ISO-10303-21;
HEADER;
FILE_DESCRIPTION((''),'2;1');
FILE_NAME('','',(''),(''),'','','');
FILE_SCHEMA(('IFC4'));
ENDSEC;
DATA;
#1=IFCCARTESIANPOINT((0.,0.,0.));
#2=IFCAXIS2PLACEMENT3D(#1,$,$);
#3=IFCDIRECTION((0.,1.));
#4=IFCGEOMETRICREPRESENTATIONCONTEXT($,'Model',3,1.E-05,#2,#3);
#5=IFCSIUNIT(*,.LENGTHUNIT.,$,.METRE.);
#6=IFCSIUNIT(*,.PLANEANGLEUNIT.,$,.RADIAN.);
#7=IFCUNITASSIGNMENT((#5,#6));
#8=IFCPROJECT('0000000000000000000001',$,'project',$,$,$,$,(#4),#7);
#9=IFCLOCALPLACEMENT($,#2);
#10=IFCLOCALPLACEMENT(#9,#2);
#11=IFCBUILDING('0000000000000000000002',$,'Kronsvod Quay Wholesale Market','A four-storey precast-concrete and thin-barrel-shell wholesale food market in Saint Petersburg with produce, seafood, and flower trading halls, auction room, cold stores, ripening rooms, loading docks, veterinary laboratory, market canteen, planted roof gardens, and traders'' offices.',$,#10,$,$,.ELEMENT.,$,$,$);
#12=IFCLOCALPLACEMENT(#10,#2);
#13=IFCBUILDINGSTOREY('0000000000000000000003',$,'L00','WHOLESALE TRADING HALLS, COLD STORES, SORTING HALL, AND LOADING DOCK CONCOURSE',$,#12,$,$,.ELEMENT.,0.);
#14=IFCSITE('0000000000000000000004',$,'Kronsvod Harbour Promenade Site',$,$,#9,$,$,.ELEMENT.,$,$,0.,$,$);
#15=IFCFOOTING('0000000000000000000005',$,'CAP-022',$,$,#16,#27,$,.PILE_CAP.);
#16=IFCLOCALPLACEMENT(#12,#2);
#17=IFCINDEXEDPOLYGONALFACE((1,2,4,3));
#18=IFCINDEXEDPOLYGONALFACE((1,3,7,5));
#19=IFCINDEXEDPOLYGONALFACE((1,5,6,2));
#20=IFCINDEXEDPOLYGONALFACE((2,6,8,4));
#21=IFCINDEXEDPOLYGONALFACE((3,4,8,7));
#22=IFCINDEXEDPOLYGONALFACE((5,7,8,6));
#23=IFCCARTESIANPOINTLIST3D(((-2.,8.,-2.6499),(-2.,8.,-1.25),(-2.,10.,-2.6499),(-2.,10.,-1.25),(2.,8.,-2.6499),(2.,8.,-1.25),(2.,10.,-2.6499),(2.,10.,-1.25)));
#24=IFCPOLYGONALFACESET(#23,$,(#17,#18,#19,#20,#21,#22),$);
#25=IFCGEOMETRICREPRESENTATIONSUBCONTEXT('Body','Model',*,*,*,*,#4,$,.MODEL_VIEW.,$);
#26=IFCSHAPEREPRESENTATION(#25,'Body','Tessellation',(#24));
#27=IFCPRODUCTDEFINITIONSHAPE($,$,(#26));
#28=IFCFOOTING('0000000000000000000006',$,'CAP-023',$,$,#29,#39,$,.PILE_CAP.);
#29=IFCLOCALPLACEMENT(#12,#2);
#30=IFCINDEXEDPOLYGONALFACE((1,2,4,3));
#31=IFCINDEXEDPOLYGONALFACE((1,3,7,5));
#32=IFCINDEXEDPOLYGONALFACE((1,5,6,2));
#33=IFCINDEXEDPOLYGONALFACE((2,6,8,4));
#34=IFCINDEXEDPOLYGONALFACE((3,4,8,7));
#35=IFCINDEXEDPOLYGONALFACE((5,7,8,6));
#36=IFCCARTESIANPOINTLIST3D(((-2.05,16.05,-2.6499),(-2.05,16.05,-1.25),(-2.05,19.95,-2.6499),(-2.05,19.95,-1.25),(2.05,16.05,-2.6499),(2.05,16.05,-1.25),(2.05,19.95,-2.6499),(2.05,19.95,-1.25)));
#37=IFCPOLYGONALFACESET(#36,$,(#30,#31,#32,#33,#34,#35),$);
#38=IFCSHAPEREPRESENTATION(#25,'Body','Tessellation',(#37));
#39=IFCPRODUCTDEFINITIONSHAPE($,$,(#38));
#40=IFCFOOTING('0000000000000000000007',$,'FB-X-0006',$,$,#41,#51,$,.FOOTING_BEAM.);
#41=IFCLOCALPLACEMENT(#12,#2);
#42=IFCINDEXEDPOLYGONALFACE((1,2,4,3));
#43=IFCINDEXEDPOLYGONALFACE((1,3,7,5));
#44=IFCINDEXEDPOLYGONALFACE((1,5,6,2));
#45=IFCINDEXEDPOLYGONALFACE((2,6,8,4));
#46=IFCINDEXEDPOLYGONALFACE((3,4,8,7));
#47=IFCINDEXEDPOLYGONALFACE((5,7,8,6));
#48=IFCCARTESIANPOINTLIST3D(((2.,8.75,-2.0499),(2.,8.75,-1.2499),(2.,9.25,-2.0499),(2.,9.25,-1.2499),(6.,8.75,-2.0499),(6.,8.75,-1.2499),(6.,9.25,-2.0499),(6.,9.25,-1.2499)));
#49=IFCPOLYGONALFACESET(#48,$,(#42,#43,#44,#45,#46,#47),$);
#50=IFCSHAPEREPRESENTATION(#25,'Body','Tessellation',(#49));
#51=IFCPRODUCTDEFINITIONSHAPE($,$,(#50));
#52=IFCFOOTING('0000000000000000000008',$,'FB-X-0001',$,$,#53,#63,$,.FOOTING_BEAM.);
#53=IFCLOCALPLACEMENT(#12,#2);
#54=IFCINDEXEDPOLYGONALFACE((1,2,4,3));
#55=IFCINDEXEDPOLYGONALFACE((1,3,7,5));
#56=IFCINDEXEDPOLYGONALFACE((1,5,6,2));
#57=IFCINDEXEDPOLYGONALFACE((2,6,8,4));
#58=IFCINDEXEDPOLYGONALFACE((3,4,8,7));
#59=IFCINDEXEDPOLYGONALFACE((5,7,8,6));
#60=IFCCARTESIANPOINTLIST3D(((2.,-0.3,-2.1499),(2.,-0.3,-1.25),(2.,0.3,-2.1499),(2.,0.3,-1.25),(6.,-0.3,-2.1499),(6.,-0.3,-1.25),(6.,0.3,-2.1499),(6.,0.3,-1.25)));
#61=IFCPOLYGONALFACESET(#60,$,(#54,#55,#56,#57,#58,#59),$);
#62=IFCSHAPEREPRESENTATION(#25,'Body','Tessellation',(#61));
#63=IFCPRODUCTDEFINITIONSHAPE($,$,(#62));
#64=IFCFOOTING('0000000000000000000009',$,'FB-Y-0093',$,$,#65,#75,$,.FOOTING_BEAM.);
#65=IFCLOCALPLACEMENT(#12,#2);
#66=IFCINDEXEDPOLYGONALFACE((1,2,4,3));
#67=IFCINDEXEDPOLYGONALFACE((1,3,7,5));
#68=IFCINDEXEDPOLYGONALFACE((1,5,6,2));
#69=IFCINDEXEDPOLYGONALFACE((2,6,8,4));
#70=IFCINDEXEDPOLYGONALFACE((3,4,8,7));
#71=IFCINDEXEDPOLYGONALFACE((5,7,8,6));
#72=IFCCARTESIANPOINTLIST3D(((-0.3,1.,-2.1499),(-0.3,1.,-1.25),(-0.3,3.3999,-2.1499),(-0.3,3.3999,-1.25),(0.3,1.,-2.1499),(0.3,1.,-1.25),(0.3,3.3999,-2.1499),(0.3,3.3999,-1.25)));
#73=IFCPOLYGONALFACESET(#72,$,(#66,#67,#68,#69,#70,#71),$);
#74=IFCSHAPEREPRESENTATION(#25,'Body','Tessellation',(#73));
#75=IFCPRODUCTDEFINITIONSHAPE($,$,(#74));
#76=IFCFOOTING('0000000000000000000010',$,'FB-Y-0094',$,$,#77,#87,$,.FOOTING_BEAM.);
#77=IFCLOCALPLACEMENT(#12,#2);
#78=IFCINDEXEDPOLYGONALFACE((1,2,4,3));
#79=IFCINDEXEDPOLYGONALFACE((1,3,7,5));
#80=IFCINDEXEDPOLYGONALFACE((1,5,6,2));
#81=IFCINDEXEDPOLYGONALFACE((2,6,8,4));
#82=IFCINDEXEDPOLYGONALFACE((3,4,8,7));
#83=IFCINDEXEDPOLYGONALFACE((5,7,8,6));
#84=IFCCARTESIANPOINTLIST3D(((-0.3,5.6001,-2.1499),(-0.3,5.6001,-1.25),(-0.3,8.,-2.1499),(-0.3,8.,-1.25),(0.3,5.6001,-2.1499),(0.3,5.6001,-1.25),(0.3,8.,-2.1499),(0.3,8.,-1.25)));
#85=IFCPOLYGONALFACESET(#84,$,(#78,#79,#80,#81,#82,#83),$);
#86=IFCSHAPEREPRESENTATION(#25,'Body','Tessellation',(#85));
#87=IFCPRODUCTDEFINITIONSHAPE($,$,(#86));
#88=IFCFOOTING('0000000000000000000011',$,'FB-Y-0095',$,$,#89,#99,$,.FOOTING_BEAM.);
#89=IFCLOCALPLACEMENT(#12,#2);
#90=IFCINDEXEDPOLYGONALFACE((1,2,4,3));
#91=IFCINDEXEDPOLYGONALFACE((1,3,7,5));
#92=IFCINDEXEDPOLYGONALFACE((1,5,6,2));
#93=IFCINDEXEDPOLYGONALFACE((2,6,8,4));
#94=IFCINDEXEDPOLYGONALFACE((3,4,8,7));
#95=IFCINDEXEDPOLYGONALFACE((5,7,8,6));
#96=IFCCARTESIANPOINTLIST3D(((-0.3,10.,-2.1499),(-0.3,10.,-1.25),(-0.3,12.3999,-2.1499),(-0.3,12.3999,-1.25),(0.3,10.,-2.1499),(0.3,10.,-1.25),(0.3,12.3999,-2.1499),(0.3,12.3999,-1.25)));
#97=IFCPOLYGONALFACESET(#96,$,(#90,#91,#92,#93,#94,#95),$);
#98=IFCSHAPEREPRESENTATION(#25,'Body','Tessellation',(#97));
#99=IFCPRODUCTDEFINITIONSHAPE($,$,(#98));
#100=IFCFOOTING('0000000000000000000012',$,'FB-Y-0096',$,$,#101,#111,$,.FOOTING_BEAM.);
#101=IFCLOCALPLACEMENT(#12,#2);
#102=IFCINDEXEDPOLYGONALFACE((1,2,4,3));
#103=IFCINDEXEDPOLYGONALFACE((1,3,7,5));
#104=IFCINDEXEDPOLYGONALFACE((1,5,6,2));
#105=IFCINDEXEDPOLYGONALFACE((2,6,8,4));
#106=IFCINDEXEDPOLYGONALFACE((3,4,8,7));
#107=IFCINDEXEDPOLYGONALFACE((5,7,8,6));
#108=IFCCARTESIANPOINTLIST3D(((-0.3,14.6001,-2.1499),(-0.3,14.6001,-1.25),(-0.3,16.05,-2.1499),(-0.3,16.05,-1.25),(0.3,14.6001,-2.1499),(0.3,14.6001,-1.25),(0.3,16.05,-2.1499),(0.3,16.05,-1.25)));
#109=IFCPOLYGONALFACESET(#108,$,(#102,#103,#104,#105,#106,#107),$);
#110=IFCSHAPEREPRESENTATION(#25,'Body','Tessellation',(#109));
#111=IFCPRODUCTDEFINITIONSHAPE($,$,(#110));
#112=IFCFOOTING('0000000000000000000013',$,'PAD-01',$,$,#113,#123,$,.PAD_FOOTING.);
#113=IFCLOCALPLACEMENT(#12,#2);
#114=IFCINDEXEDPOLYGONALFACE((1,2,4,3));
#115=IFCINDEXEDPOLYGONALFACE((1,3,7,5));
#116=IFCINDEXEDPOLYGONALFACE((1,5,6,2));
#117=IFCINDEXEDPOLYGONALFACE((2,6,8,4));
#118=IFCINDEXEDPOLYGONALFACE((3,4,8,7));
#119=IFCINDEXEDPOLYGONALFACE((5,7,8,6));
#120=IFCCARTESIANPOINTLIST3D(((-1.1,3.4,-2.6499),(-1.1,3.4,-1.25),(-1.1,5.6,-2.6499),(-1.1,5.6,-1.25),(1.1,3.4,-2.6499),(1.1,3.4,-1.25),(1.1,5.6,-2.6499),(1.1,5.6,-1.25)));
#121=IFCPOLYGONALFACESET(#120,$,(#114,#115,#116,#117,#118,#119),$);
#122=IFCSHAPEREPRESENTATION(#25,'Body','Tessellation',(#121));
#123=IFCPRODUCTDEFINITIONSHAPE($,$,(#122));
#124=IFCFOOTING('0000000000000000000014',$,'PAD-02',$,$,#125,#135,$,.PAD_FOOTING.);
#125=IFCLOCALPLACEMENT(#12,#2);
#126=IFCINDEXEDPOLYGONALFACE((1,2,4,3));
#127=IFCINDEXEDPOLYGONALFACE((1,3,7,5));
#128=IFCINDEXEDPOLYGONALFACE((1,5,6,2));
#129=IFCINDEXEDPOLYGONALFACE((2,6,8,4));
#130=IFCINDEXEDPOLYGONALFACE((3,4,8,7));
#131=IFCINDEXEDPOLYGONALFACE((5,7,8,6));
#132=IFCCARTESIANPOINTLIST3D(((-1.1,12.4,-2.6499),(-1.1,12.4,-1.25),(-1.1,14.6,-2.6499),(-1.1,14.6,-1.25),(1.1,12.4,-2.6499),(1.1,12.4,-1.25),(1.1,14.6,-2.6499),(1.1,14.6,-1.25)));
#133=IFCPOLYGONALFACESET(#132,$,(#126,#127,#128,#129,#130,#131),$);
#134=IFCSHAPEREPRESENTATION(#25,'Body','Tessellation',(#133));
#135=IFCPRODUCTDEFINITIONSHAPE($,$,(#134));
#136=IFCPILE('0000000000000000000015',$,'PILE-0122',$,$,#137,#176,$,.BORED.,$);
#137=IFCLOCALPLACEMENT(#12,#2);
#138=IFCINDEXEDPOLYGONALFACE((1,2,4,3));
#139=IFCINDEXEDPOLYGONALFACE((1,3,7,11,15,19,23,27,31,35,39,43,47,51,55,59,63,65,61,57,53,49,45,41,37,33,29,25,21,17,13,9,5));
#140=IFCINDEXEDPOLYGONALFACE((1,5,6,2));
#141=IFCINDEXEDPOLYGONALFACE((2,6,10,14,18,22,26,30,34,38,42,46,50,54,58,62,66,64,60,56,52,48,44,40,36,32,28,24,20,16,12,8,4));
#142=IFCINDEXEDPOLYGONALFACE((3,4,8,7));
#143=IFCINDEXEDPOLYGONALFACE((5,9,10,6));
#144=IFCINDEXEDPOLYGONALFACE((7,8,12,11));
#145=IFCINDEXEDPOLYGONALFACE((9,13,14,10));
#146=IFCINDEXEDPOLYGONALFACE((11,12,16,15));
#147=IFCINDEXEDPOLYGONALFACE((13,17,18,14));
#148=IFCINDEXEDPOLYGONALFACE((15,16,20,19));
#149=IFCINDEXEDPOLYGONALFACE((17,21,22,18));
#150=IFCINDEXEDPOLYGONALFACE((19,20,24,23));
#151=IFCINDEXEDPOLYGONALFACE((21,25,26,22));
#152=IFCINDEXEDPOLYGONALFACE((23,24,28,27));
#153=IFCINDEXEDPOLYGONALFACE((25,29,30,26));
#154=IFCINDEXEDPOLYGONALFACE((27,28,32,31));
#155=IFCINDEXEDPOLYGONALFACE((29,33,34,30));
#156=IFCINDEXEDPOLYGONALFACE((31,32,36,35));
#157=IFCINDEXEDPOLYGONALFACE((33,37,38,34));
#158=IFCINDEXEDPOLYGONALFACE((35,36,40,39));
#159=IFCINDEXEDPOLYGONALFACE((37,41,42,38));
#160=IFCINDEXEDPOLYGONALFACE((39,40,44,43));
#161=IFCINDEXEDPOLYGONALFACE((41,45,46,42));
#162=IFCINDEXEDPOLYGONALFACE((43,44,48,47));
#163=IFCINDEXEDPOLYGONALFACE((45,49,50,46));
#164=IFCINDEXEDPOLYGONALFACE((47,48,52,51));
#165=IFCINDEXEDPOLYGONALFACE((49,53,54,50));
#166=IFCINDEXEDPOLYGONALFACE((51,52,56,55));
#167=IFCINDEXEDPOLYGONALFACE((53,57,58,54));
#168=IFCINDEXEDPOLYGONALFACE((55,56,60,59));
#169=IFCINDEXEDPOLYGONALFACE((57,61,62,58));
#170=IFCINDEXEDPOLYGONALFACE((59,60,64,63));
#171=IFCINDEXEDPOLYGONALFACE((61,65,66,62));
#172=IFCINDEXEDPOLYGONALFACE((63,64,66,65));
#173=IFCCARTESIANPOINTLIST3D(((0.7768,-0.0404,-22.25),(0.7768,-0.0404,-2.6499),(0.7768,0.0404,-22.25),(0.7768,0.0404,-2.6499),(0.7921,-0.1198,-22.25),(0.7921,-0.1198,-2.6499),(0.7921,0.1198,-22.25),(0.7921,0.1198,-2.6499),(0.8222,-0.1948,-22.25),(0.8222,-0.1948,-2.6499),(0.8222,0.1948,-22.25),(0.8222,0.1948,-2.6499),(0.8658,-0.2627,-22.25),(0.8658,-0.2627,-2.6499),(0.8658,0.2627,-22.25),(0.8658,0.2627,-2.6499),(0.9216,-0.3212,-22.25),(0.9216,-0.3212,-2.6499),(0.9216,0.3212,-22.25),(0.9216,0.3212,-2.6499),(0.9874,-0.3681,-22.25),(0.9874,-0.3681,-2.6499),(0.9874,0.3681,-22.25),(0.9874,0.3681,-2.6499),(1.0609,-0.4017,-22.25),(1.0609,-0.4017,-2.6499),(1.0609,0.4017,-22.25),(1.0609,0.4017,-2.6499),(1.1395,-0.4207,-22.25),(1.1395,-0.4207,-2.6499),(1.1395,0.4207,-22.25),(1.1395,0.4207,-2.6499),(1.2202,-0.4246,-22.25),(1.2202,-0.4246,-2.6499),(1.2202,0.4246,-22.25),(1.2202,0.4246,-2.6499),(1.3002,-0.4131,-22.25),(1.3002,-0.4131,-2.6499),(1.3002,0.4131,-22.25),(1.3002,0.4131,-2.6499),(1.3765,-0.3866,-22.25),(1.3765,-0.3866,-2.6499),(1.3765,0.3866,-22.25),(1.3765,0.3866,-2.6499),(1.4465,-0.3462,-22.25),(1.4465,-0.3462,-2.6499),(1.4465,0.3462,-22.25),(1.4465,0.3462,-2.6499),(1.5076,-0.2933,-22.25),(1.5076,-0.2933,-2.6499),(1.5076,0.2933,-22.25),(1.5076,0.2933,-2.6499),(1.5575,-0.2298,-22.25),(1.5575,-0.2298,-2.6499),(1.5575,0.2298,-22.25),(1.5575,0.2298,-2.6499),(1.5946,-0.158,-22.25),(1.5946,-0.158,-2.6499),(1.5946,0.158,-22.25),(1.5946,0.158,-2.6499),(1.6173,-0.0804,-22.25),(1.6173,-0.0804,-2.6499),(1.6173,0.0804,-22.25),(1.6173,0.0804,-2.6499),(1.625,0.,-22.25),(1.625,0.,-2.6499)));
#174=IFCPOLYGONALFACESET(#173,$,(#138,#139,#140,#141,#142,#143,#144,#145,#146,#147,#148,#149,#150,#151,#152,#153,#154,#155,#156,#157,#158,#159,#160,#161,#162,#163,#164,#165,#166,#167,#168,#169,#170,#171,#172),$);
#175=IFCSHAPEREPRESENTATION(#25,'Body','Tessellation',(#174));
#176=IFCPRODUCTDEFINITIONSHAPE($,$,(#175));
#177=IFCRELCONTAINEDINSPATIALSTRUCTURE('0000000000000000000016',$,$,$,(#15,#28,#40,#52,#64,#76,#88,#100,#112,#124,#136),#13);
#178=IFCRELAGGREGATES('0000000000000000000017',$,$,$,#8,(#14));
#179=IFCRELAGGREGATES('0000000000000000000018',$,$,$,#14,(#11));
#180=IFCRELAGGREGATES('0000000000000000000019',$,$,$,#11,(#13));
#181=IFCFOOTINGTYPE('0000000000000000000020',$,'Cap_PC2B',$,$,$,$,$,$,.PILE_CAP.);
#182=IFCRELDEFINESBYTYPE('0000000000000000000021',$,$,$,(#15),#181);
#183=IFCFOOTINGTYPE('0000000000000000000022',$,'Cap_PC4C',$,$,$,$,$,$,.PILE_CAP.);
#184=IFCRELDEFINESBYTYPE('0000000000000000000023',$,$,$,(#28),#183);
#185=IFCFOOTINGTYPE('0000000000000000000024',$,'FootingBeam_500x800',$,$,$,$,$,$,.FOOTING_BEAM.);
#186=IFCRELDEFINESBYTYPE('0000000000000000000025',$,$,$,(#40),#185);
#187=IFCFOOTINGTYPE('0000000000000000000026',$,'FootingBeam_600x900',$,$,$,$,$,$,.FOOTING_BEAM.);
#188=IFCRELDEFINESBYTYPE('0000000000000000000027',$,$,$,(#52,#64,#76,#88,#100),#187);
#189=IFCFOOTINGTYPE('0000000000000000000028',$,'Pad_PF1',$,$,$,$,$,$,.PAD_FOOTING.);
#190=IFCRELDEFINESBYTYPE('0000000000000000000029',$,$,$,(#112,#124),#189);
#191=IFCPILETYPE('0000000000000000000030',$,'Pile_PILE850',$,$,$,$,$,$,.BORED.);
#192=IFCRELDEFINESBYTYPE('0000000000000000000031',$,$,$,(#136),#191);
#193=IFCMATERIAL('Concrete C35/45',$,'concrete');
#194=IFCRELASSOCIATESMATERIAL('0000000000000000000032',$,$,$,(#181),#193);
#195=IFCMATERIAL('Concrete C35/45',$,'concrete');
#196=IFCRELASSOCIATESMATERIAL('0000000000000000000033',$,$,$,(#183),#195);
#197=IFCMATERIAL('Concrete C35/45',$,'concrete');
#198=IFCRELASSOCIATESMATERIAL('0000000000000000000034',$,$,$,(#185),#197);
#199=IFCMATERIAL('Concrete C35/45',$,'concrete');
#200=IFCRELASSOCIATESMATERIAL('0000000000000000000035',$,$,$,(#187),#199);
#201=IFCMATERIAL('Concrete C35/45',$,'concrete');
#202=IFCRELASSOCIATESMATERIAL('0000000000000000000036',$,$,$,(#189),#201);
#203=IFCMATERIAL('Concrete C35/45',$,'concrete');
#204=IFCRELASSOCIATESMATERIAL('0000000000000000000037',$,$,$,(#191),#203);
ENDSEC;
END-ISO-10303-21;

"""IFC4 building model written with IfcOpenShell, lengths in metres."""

from ifc_helpers import new_model, si_unit, direction, frame, origin, origin_2d, place, context, subcontext, project, spatial, rectangle, circle, extrude, material, material_profile, profile_set, type_object, element, save


model = new_model("IFC4")

# Units and contexts
model_context = context("Model", 3, precision=1e-05, world=origin(), true_north=direction((0.0, 1.0)))
body_context = subcontext(model_context, "Body", "Model", "MODEL_VIEW")
ifc_project = project(units=[si_unit("LENGTHUNIT", "METRE"), si_unit("PLANEANGLEUNIT", "RADIAN")], contexts=[model_context])

# Site, building, storey
site_placement = place(None, origin())
site = spatial("IfcSite", under=ifc_project, at=site_placement, Name="Kronsvod Harbour Promenade Site", CompositionType="ELEMENT", RefElevation=0.0)
building_placement = place(site_placement, origin())
building = spatial("IfcBuilding", under=site, at=building_placement, Name="Kronsvod Quay Wholesale Market", Description="A four-storey precast-concrete and thin-barrel-shell wholesale food market in Saint Petersburg with produce, seafood, and flower trading halls, auction room, cold stores, ripening rooms, loading docks, veterinary laboratory, market canteen, planted roof gardens, and traders' offices.", CompositionType="ELEMENT")
storey_placement = place(building_placement, origin())
storey = spatial("IfcBuildingStorey", under=building, at=storey_placement, Name="L00", Description="WHOLESALE TRADING HALLS, COLD STORES, SORTING HALL, AND LOADING DOCK CONCOURSE", CompositionType="ELEMENT", Elevation=0.0)

# Footings
ifc_material_1 = material(Name="Concrete C35/45", Category="concrete")
footing_type_1 = type_object("IfcFootingType", Name="Cap_PC2B", PredefinedType="PILE_CAP", material=ifc_material_1)
footing_1_placement = place(storey_placement, frame((0.0, 9.0, -2.6499), z_axis=(0.0, 0.0, 1.0), x_axis=(1.0, 0.0, 0.0)))
element("IfcFooting", 1, at=footing_1_placement, inside=storey, type_object=footing_type_1, Name="CAP-022", PredefinedType="PILE_CAP", context=body_context, shape_type="SweptSolid", body=[
    extrude(rectangle(XDim=4.0, YDim=2.0, at=origin_2d()), origin(), (0.0, 0.0, 1.0), 1.3999),
])
ifc_material_2 = material(Name="Concrete C35/45", Category="concrete")
footing_type_2 = type_object("IfcFootingType", Name="Cap_PC4C", PredefinedType="PILE_CAP", material=ifc_material_2)
footing_2_placement = place(storey_placement, frame((0.0, 18.0, -2.6499), z_axis=(0.0, 0.0, 1.0), x_axis=(1.0, 0.0, 0.0)))
element("IfcFooting", 2, at=footing_2_placement, inside=storey, type_object=footing_type_2, Name="CAP-023", PredefinedType="PILE_CAP", context=body_context, shape_type="SweptSolid", body=[
    extrude(rectangle(XDim=4.1001, YDim=3.8999, at=origin_2d()), origin(), (0.0, 0.0, 1.0), 1.3999),
])
ifc_material_3 = material(Name="Concrete C35/45", Category="concrete")
ifc_material_profile_1 = material_profile(ifc_material_3, rectangle(XDim=0.5, YDim=0.8, at=origin_2d()), Name="FB-01")
ifc_profile_set_1 = profile_set([ifc_material_profile_1], Name="Concrete C35/45")
footing_type_3 = type_object("IfcFootingType", Name="FootingBeam_500x800", PredefinedType="FOOTING_BEAM", material=ifc_profile_set_1)
footing_3_placement = place(storey_placement, frame((2.0, 9.0, -1.6499), z_axis=(1.0, 0.0, 0.0), x_axis=(0.0, 1.0, 0.0)))
element("IfcFooting", 3, at=footing_3_placement, inside=storey, type_object=footing_type_3, Name="FB-X-0006", PredefinedType="FOOTING_BEAM", context=body_context, shape_type="SweptSolid", body=[
    extrude(rectangle(XDim=0.5, YDim=0.8, at=origin_2d()), origin(), (0.0, 0.0, 1.0), 4.0),
])
ifc_material_4 = material(Name="Concrete C35/45", Category="concrete")
ifc_material_profile_2 = material_profile(ifc_material_4, rectangle(XDim=0.6001, YDim=0.8999, at=origin_2d()), Name="FB-02")
ifc_profile_set_2 = profile_set([ifc_material_profile_2], Name="Concrete C35/45")
footing_type_4 = type_object("IfcFootingType", Name="FootingBeam_600x900", PredefinedType="FOOTING_BEAM", material=ifc_profile_set_2)
footing_4_placement = place(storey_placement, frame((2.0, 0.0, -1.7), z_axis=(1.0, 0.0, 0.0), x_axis=(0.0, 1.0, 0.0)))
element("IfcFooting", 4, at=footing_4_placement, inside=storey, type_object=footing_type_4, Name="FB-X-0001", PredefinedType="FOOTING_BEAM", context=body_context, shape_type="SweptSolid", body=[
    extrude(rectangle(XDim=0.6001, YDim=0.8999, at=origin_2d()), origin(), (0.0, 0.0, 1.0), 4.0),
])
for number, where, z_axis, x_axis, name in (
    (5, (0.0, 1.0, -1.7), (0.0, 1.0, 0.0), (-1.0, 0.0, 0.0), "FB-Y-0093"),
    (6, (0.0, 5.6001, -1.7), (0.0, 1.0, 0.0), (-1.0, 0.0, 0.0), "FB-Y-0094"),
    (7, (0.0, 10.0, -1.7), (0.0, 1.0, 0.0), (-1.0, 0.0, 0.0), "FB-Y-0095"),
):
    element("IfcFooting", number, at=place(storey_placement, frame(where, z_axis=z_axis, x_axis=x_axis)), inside=storey, type_object=footing_type_4, Name=name, PredefinedType="FOOTING_BEAM", context=body_context, shape_type="SweptSolid", body=[
        extrude(rectangle(XDim=0.6001, YDim=0.8999, at=origin_2d()), origin(), (0.0, 0.0, 1.0), 2.3999),
    ])
footing_5_placement = place(storey_placement, frame((0.0, 14.6001, -1.7), z_axis=(0.0, 1.0, 0.0), x_axis=(-1.0, 0.0, 0.0)))
element("IfcFooting", 8, at=footing_5_placement, inside=storey, type_object=footing_type_4, Name="FB-Y-0096", PredefinedType="FOOTING_BEAM", context=body_context, shape_type="SweptSolid", body=[
    extrude(rectangle(XDim=0.6001, YDim=0.8999, at=origin_2d()), origin(), (0.0, 0.0, 1.0), 1.45),
])
ifc_material_5 = material(Name="Concrete C35/45", Category="concrete")
footing_type_5 = type_object("IfcFootingType", Name="Pad_PF1", PredefinedType="PAD_FOOTING", material=ifc_material_5)
for number, where, z_axis, x_axis, name in (
    (9, (0.0, 4.5, -2.6499), (0.0, 0.0, 1.0), (1.0, 0.0, 0.0), "PAD-01"),
    (10, (0.0, 13.5, -2.6499), (0.0, 0.0, 1.0), (1.0, 0.0, 0.0), "PAD-02"),
):
    element("IfcFooting", number, at=place(storey_placement, frame(where, z_axis=z_axis, x_axis=x_axis)), inside=storey, type_object=footing_type_5, Name=name, PredefinedType="PAD_FOOTING", context=body_context, shape_type="SweptSolid", body=[
        extrude(rectangle(XDim=2.2, YDim=2.2, at=origin_2d()), origin(), (0.0, 0.0, 1.0), 1.3999),
    ])

# Pile
ifc_material_6 = material(Name="Concrete C35/45", Category="concrete")
ifc_material_profile_3 = material_profile(ifc_material_6, circle(Radius=0.425, at=origin_2d()), Name="PILE850")
ifc_profile_set_3 = profile_set([ifc_material_profile_3], Name="Concrete C35/45")
pile_type_1 = type_object("IfcPileType", Name="Pile_PILE850", PredefinedType="BORED", material=ifc_profile_set_3)
for number, where, z_axis, x_axis, name in (
    (11, (1.2, 0.0, -2.6499), (0.0, 0.0, -1.0), (1.0, 0.0, 0.0), "PILE-0122"),
):
    element("IfcPile", number, at=place(storey_placement, frame(where, z_axis=z_axis, x_axis=x_axis)), inside=storey, type_object=pile_type_1, Name=name, PredefinedType="BORED", context=body_context, shape_type="SweptSolid", body=[
        extrude(circle(Radius=0.425, at=origin_2d()), origin(), (0.0, 0.0, 1.0), 19.6001),
    ])

save(model, "model.ifc")
